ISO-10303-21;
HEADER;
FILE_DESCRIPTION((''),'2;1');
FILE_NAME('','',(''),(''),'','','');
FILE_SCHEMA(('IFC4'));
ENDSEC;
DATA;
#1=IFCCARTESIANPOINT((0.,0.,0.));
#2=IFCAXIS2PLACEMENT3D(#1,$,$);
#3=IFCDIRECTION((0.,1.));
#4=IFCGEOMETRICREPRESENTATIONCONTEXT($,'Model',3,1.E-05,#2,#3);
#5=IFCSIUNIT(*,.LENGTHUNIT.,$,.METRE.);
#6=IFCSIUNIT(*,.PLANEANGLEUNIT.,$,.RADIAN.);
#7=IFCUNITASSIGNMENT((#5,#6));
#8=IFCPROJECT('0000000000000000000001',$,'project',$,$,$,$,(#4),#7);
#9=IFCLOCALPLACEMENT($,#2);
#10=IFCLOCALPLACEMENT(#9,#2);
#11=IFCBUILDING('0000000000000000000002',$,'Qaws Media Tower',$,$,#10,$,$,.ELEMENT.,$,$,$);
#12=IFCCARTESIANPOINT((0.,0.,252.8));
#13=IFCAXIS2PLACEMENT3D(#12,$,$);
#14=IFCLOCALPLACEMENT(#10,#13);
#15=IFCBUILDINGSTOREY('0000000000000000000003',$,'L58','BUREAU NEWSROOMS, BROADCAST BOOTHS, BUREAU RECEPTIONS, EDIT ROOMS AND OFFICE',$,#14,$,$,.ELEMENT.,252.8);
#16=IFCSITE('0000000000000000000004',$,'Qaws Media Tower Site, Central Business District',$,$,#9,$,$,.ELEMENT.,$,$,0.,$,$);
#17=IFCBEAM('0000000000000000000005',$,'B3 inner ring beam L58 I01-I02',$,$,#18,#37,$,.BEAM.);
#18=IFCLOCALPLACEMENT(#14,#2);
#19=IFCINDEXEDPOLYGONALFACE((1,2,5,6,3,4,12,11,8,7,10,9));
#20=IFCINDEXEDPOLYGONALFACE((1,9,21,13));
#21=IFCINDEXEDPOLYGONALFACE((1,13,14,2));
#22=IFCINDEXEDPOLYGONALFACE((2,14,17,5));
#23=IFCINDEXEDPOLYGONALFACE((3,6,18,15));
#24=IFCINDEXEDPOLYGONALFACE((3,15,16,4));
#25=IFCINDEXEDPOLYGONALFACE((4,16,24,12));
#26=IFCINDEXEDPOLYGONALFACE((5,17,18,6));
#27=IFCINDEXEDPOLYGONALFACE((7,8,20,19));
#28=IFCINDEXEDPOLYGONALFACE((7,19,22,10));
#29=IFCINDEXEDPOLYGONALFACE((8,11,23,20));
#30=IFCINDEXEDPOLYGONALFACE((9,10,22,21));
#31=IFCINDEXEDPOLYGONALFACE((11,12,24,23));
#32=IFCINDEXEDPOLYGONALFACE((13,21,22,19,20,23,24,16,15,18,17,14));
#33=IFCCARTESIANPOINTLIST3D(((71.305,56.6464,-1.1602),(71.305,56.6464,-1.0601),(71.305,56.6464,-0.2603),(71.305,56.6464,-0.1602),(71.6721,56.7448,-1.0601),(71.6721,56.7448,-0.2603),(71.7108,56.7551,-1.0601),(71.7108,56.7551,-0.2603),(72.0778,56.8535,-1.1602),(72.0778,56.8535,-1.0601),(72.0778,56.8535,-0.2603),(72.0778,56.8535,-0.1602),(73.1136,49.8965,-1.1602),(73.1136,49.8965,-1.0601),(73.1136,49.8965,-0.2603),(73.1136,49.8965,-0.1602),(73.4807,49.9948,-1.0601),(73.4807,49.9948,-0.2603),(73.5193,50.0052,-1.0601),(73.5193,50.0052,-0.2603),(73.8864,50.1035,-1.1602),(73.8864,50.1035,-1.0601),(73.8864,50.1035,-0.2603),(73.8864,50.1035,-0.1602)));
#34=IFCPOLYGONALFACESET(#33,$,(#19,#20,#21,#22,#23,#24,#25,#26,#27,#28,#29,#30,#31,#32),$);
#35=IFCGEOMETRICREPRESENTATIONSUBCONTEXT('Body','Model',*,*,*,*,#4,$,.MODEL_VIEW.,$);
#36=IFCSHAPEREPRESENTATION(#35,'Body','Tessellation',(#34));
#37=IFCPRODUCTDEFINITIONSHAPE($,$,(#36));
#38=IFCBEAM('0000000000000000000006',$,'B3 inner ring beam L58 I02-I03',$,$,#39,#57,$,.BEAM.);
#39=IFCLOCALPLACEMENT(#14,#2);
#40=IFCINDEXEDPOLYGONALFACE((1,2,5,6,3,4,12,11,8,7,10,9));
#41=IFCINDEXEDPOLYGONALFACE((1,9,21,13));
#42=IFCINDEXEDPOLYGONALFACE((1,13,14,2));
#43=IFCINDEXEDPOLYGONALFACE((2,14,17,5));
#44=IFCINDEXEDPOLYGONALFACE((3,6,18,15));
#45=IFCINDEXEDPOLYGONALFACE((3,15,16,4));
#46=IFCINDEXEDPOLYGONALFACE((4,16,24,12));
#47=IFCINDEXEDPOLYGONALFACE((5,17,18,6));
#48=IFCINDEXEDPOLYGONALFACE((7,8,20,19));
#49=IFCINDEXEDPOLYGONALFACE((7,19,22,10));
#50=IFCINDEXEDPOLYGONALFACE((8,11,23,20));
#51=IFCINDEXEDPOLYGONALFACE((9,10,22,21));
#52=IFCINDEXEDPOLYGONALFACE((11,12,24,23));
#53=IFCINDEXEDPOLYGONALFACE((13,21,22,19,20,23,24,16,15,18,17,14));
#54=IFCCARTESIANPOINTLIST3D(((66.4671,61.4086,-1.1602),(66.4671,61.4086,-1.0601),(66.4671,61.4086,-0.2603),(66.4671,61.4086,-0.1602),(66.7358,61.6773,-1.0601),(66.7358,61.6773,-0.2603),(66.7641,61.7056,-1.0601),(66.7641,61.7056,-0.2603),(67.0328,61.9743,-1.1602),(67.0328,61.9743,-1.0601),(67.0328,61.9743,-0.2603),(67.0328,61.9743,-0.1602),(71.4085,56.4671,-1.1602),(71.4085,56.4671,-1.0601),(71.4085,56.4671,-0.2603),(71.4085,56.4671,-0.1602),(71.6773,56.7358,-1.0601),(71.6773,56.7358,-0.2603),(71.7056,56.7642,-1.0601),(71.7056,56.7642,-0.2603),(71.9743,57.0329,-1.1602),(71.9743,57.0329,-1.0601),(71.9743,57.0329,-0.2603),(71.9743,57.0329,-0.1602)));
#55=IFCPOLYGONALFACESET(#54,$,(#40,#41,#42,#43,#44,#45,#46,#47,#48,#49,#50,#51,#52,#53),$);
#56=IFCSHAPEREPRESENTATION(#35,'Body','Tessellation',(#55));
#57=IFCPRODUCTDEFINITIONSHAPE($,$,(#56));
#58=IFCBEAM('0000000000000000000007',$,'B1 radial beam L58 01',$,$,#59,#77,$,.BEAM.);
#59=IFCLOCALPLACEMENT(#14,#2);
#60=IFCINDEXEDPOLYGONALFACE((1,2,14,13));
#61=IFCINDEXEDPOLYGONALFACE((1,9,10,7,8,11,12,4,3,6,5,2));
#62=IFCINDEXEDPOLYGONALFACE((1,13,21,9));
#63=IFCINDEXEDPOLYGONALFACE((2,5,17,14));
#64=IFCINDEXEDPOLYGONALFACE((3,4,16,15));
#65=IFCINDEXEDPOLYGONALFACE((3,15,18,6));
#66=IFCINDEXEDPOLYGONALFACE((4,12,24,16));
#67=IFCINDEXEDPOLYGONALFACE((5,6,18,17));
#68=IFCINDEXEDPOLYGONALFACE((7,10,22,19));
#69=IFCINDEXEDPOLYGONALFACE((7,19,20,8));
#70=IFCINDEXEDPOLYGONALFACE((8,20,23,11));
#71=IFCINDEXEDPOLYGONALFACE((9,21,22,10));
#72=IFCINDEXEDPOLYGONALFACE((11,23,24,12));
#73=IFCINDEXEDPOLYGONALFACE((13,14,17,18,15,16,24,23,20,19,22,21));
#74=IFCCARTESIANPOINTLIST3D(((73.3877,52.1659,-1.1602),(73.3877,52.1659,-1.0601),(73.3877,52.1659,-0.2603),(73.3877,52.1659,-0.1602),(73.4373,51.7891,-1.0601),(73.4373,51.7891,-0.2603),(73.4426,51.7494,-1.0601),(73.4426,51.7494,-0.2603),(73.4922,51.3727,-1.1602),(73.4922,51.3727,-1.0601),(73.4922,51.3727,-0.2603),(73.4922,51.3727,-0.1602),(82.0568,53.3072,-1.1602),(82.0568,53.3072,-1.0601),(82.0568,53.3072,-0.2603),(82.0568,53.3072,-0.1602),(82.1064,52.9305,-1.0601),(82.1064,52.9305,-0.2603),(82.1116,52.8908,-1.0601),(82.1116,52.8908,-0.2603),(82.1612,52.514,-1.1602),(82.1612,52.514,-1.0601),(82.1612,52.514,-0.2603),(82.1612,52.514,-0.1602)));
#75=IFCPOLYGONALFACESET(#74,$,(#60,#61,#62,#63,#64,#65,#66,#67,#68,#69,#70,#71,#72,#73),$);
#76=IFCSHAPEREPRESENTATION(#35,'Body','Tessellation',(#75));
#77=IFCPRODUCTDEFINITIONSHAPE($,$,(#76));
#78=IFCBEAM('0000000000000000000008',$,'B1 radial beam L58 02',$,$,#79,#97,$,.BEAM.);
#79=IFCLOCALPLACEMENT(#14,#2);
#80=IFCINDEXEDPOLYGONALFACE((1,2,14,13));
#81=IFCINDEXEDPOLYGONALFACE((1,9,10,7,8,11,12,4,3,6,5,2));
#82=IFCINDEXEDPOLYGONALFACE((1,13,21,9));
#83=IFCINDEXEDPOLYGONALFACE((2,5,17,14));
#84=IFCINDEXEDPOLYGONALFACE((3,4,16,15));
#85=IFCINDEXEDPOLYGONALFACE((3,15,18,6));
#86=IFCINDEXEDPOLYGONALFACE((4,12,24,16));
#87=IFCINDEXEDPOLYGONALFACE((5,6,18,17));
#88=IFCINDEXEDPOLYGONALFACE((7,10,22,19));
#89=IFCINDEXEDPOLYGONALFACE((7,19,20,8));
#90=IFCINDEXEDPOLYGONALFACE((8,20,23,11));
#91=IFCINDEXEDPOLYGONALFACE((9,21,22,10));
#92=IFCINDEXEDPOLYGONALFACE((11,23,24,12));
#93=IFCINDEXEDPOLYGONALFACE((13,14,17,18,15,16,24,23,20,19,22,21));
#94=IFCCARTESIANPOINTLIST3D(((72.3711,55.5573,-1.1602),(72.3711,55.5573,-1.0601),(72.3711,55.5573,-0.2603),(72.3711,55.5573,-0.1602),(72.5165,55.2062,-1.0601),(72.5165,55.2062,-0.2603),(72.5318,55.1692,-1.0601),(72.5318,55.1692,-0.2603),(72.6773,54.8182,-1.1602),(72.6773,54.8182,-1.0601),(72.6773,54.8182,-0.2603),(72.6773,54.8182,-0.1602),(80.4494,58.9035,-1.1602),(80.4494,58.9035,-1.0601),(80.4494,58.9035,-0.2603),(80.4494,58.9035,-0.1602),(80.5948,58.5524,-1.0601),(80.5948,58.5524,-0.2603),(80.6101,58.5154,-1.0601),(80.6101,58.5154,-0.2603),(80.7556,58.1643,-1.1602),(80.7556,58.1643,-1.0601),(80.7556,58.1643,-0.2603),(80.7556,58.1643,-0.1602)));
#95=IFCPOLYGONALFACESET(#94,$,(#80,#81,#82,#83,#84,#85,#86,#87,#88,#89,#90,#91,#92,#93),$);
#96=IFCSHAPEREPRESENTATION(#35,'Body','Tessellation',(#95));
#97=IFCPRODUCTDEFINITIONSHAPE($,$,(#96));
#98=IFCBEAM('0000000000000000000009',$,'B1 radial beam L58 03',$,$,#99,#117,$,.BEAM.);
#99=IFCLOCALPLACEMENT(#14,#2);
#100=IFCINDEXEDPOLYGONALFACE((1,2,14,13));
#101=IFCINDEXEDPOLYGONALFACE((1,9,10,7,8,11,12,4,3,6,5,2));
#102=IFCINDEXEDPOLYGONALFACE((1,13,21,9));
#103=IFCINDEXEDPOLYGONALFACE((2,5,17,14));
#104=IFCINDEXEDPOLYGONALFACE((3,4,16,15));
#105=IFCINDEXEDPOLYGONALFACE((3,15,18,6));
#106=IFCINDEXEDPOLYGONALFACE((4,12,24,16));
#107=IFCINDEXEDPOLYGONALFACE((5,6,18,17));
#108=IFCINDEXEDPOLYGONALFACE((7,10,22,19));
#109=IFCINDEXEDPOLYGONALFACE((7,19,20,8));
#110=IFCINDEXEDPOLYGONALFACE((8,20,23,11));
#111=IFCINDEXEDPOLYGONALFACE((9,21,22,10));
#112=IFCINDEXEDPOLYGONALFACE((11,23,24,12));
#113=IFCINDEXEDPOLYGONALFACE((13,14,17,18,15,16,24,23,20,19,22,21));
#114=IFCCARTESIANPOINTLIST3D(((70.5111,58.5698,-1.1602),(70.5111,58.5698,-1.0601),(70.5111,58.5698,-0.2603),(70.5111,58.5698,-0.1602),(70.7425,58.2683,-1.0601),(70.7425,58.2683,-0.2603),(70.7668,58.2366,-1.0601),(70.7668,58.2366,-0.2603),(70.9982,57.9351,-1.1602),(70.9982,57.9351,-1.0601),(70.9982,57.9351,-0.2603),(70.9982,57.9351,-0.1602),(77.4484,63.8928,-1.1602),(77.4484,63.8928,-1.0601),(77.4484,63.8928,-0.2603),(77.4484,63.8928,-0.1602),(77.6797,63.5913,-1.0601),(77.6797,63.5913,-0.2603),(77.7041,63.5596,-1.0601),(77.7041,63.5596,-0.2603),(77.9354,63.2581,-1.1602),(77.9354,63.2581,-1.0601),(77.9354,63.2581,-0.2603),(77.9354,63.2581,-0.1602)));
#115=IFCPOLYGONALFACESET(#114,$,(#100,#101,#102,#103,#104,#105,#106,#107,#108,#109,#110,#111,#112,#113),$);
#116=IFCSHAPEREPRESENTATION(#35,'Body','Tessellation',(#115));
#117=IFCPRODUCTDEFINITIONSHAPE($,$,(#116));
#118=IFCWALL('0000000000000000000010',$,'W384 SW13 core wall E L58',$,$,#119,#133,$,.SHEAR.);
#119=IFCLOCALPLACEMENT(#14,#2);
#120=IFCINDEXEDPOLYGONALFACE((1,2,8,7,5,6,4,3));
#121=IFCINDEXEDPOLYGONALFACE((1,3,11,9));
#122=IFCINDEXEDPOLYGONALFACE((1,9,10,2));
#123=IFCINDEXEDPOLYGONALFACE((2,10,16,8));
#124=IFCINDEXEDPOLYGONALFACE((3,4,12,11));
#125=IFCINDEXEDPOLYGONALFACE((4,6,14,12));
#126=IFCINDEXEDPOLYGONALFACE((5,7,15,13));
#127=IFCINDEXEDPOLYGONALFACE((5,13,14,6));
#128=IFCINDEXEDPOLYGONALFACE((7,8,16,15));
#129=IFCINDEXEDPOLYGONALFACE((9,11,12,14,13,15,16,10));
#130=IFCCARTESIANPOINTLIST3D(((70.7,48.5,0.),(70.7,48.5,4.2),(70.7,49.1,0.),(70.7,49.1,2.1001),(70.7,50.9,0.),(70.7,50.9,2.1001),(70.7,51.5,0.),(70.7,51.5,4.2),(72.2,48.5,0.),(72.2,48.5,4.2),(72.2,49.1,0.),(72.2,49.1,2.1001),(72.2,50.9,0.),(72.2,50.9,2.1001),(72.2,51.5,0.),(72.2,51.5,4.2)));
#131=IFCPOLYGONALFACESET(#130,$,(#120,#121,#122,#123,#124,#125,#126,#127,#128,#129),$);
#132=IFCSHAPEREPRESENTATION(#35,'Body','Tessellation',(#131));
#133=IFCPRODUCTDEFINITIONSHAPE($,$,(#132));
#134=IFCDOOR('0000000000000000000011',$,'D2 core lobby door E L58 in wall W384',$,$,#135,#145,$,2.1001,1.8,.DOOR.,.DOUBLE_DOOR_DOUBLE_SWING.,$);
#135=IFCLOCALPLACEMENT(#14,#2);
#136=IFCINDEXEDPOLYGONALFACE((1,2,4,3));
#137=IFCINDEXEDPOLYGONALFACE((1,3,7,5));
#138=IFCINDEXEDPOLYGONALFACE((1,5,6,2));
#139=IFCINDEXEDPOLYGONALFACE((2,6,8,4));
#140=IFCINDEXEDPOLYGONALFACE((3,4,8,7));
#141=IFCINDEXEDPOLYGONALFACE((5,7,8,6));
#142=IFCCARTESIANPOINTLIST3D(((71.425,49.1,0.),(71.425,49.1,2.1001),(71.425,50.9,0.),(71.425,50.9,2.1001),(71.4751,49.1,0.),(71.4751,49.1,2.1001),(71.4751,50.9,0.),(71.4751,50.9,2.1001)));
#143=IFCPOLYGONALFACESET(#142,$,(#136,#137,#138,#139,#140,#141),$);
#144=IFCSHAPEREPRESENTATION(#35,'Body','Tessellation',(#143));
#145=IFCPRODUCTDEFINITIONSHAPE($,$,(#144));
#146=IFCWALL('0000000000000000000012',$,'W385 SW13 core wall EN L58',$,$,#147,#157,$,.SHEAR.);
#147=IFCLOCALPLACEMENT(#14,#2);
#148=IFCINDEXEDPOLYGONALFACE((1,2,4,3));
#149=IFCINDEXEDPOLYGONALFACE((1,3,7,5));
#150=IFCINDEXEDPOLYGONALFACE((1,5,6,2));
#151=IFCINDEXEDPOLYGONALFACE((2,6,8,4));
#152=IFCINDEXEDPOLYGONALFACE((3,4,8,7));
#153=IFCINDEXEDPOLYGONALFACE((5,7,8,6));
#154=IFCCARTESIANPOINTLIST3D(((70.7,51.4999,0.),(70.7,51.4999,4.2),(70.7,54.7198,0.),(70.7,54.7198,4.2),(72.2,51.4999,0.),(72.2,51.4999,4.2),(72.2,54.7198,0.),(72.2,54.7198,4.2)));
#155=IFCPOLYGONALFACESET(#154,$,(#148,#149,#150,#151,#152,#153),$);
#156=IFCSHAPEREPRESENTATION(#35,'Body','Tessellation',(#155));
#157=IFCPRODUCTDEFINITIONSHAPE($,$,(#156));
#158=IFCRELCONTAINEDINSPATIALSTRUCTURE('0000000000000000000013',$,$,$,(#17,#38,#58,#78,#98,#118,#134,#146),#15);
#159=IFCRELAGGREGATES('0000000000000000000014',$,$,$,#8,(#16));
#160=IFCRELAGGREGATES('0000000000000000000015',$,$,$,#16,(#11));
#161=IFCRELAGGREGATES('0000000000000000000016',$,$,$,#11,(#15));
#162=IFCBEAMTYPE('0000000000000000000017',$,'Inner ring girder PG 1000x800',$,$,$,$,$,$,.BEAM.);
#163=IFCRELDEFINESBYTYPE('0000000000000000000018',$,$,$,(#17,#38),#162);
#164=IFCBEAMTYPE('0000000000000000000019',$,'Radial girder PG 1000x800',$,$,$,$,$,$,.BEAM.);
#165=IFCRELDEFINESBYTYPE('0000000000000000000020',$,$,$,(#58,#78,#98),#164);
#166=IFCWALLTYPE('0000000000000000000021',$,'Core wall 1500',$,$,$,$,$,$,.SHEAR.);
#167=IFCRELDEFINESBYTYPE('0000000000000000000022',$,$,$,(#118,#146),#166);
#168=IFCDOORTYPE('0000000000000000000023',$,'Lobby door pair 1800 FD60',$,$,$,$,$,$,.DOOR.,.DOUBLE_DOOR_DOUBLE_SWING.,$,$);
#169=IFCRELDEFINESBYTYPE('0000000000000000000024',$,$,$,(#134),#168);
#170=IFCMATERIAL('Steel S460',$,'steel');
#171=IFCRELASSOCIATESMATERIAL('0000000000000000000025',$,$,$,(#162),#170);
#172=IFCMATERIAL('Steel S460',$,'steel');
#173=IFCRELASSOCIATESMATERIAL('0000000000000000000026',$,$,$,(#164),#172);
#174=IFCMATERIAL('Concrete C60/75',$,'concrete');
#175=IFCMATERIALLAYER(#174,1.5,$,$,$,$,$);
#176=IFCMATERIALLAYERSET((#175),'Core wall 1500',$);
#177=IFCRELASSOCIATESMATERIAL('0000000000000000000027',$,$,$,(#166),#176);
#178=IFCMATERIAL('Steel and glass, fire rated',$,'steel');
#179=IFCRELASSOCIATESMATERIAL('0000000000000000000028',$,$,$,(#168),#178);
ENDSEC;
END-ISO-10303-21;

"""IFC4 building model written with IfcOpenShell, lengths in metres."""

from ifc_helpers import new_model, si_unit, direction, frame, frame_2d, origin, origin_2d, place, context, subcontext, project, spatial, rectangle, i_section, extrude, material, layer, layer_set, material_profile, profile_set, type_object, element, fill, save


model = new_model("IFC4")

# Units and contexts
model_context = context("Model", 3, precision=1e-05, world=origin(), true_north=direction((0.0, 1.0)))
body_context = subcontext(model_context, "Body", "Model", "MODEL_VIEW")
ifc_project = project(units=[si_unit("LENGTHUNIT", "METRE"), si_unit("PLANEANGLEUNIT", "RADIAN")], contexts=[model_context])

# Site, building, storey
site_placement = place(None, origin())
site = spatial("IfcSite", under=ifc_project, at=site_placement, Name="Qaws Media Tower Site, Central Business District", CompositionType="ELEMENT", RefElevation=0.0)
building_placement = place(site_placement, origin())
building = spatial("IfcBuilding", under=site, at=building_placement, Name="Qaws Media Tower", CompositionType="ELEMENT")
storey_placement = place(building_placement, frame((0.0, 0.0, 252.8)))
storey = spatial("IfcBuildingStorey", under=building, at=storey_placement, Name="L58", Description="BUREAU NEWSROOMS, BROADCAST BOOTHS, BUREAU RECEPTIONS, EDIT ROOMS AND OFFICE", CompositionType="ELEMENT", Elevation=252.8)

# Beams
ifc_material_1 = material(Name="Steel S460", Category="steel")
ifc_material_profile_1 = material_profile(ifc_material_1, i_section(OverallWidth=0.8, OverallDepth=1.0, WebThickness=0.04, FlangeThickness=0.1001, at=origin_2d()), Name="PG 1000x800")
ifc_profile_set_1 = profile_set([ifc_material_profile_1], Name="Steel S460")
beam_type_1 = type_object("IfcBeamType", Name="Inner ring girder PG 1000x800", PredefinedType="BEAM", material=ifc_profile_set_1)
beam_1_placement = place(storey_placement, frame((73.5, 50.0, -0.6602), z_axis=(-0.258811, 0.965928, 0.0), x_axis=(-0.965928, -0.258811, 0.0)))
element("IfcBeam", 1, at=beam_1_placement, inside=storey, type_object=beam_type_1, Name="B3 inner ring beam L58 I01-I02", PredefinedType="BEAM", context=body_context, shape_type="SweptSolid", body=[
    extrude(i_section(OverallWidth=0.8, OverallDepth=1.0, WebThickness=0.04, FlangeThickness=0.1001, at=origin_2d()), origin(), (0.0, 0.0, 1.0), 6.988),
])
beam_2_placement = place(storey_placement, frame((71.6914, 56.75, -0.6602), z_axis=(-0.707107, 0.707107, 0.0), x_axis=(-0.707107, -0.707107, 0.0)))
element("IfcBeam", 2, at=beam_2_placement, inside=storey, type_object=beam_type_1, Name="B3 inner ring beam L58 I02-I03", PredefinedType="BEAM", context=body_context, shape_type="SweptSolid", body=[
    extrude(i_section(OverallWidth=0.8, OverallDepth=1.0, WebThickness=0.04, FlangeThickness=0.1001, at=origin_2d()), origin(), (0.0, 0.0, 1.0), 6.9883),
])
ifc_material_2 = material(Name="Steel S460", Category="steel")
ifc_material_profile_2 = material_profile(ifc_material_2, i_section(OverallWidth=0.8, OverallDepth=1.0, WebThickness=0.04, FlangeThickness=0.1001, at=origin_2d()), Name="PG 1000x800")
ifc_profile_set_2 = profile_set([ifc_material_profile_2], Name="Steel S460")
beam_type_2 = type_object("IfcBeamType", Name="Radial girder PG 1000x800", PredefinedType="BEAM", material=ifc_profile_set_2)
for number, where, z_axis, x_axis, name in (
    (3, (73.4399, 51.7693, -0.6602), (0.991444, 0.13053, 0.0), (-0.13053, 0.991444, 0.0), "B1 radial beam L58 01"),
    (4, (72.5242, 55.1877, -0.6602), (0.923879, 0.382686, 0.0), (-0.382686, 0.923879, 0.0), "B1 radial beam L58 02"),
):
    element("IfcBeam", number, at=place(storey_placement, frame(where, z_axis=z_axis, x_axis=x_axis)), inside=storey, type_object=beam_type_2, Name=name, PredefinedType="BEAM", context=body_context, shape_type="SweptSolid", body=[
        extrude(i_section(OverallWidth=0.8, OverallDepth=1.0, WebThickness=0.04, FlangeThickness=0.1001, at=origin_2d()), origin(), (0.0, 0.0, 1.0), 8.7439),
    ])
beam_3_placement = place(storey_placement, frame((70.7546, 58.2524, -0.6602), z_axis=(0.793361, 0.608751, 0.0), x_axis=(-0.608751, 0.793361, 0.0)))
element("IfcBeam", 5, at=beam_3_placement, inside=storey, type_object=beam_type_2, Name="B1 radial beam L58 03", PredefinedType="BEAM", context=body_context, shape_type="SweptSolid", body=[
    extrude(i_section(OverallWidth=0.8, OverallDepth=1.0, WebThickness=0.04, FlangeThickness=0.1001, at=origin_2d()), origin(), (0.0, 0.0, 1.0), 8.7441),
])

# Wall, opening, door
ifc_material_3 = material(Name="Concrete C60/75", Category="concrete")
ifc_layer_1 = layer(ifc_material_3, 1.5)
ifc_layer_set_1 = layer_set([ifc_layer_1], Name="Core wall 1500")
wall_type_1 = type_object("IfcWallType", Name="Core wall 1500", PredefinedType="SHEAR", material=ifc_layer_set_1)
wall_1_placement = place(storey_placement, frame((71.45, 48.5, 0.0), z_axis=(0.0, 0.0, 1.0), x_axis=(0.0, 1.0, 0.0)))
wall_1 = element("IfcWall", 6, at=wall_1_placement, inside=storey, type_object=wall_type_1, Name="W384 SW13 core wall E L58", PredefinedType="SHEAR", context=body_context, shape_type="SweptSolid", body=[
    extrude(rectangle(XDim=3.0, YDim=1.5, at=frame_2d((1.5, 0.0))), origin(), (0.0, 0.0, 1.0), 4.2),
])
opening_1_placement = place(wall_1_placement, frame((0.6001, 0.0, 0.0)))
opening_1 = element("IfcOpeningElement", 7, at=opening_1_placement, cuts=wall_1, PredefinedType="OPENING", context=body_context, shape_type="SweptSolid", body=[
    extrude(rectangle(XDim=1.8, YDim=2.1001, at=frame_2d((0.8999, 1.05))), frame((0.0, 0.76, 0.0), z_axis=(0.0, -1.0, 0.0), x_axis=(1.0, 0.0, 0.0)), (0.0, 0.0, 1.0), 1.52),
])
ifc_material_4 = material(Name="Steel and glass, fire rated", Category="steel")
door_type_1 = type_object("IfcDoorType", Name="Lobby door pair 1800 FD60", OperationType="DOUBLE_DOOR_DOUBLE_SWING", PredefinedType="DOOR", material=ifc_material_4)
door_1_placement = place(opening_1_placement, origin())
door_1 = element("IfcDoor", 8, at=door_1_placement, inside=storey, type_object=door_type_1, Name="D2 core lobby door E L58 in wall W384", OperationType="DOUBLE_DOOR_DOUBLE_SWING", OverallHeight=2.1001, OverallWidth=1.8, PredefinedType="DOOR", context=body_context, shape_type="SweptSolid", body=[
    extrude(rectangle(XDim=1.8, YDim=2.1001, at=frame_2d((0.8999, 1.05))), frame((0.0, 0.0249, 0.0), z_axis=(0.0, -1.0, 0.0), x_axis=(1.0, 0.0, 0.0)), (0.0, 0.0, 1.0), 0.05),
])
fill(opening_1, door_1)

# Wall
wall_2_placement = place(storey_placement, frame((71.45, 51.5, 0.0), z_axis=(0.0, 0.0, 1.0), x_axis=(0.0, 1.0, 0.0)))
element("IfcWall", 9, at=wall_2_placement, inside=storey, type_object=wall_type_1, Name="W385 SW13 core wall EN L58", PredefinedType="SHEAR", context=body_context, shape_type="SweptSolid", body=[
    extrude(rectangle(XDim=3.22, YDim=1.5, at=frame_2d((1.6099, 0.0))), origin(), (0.0, 0.0, 1.0), 4.2),
])

save(model, "model.ifc")
